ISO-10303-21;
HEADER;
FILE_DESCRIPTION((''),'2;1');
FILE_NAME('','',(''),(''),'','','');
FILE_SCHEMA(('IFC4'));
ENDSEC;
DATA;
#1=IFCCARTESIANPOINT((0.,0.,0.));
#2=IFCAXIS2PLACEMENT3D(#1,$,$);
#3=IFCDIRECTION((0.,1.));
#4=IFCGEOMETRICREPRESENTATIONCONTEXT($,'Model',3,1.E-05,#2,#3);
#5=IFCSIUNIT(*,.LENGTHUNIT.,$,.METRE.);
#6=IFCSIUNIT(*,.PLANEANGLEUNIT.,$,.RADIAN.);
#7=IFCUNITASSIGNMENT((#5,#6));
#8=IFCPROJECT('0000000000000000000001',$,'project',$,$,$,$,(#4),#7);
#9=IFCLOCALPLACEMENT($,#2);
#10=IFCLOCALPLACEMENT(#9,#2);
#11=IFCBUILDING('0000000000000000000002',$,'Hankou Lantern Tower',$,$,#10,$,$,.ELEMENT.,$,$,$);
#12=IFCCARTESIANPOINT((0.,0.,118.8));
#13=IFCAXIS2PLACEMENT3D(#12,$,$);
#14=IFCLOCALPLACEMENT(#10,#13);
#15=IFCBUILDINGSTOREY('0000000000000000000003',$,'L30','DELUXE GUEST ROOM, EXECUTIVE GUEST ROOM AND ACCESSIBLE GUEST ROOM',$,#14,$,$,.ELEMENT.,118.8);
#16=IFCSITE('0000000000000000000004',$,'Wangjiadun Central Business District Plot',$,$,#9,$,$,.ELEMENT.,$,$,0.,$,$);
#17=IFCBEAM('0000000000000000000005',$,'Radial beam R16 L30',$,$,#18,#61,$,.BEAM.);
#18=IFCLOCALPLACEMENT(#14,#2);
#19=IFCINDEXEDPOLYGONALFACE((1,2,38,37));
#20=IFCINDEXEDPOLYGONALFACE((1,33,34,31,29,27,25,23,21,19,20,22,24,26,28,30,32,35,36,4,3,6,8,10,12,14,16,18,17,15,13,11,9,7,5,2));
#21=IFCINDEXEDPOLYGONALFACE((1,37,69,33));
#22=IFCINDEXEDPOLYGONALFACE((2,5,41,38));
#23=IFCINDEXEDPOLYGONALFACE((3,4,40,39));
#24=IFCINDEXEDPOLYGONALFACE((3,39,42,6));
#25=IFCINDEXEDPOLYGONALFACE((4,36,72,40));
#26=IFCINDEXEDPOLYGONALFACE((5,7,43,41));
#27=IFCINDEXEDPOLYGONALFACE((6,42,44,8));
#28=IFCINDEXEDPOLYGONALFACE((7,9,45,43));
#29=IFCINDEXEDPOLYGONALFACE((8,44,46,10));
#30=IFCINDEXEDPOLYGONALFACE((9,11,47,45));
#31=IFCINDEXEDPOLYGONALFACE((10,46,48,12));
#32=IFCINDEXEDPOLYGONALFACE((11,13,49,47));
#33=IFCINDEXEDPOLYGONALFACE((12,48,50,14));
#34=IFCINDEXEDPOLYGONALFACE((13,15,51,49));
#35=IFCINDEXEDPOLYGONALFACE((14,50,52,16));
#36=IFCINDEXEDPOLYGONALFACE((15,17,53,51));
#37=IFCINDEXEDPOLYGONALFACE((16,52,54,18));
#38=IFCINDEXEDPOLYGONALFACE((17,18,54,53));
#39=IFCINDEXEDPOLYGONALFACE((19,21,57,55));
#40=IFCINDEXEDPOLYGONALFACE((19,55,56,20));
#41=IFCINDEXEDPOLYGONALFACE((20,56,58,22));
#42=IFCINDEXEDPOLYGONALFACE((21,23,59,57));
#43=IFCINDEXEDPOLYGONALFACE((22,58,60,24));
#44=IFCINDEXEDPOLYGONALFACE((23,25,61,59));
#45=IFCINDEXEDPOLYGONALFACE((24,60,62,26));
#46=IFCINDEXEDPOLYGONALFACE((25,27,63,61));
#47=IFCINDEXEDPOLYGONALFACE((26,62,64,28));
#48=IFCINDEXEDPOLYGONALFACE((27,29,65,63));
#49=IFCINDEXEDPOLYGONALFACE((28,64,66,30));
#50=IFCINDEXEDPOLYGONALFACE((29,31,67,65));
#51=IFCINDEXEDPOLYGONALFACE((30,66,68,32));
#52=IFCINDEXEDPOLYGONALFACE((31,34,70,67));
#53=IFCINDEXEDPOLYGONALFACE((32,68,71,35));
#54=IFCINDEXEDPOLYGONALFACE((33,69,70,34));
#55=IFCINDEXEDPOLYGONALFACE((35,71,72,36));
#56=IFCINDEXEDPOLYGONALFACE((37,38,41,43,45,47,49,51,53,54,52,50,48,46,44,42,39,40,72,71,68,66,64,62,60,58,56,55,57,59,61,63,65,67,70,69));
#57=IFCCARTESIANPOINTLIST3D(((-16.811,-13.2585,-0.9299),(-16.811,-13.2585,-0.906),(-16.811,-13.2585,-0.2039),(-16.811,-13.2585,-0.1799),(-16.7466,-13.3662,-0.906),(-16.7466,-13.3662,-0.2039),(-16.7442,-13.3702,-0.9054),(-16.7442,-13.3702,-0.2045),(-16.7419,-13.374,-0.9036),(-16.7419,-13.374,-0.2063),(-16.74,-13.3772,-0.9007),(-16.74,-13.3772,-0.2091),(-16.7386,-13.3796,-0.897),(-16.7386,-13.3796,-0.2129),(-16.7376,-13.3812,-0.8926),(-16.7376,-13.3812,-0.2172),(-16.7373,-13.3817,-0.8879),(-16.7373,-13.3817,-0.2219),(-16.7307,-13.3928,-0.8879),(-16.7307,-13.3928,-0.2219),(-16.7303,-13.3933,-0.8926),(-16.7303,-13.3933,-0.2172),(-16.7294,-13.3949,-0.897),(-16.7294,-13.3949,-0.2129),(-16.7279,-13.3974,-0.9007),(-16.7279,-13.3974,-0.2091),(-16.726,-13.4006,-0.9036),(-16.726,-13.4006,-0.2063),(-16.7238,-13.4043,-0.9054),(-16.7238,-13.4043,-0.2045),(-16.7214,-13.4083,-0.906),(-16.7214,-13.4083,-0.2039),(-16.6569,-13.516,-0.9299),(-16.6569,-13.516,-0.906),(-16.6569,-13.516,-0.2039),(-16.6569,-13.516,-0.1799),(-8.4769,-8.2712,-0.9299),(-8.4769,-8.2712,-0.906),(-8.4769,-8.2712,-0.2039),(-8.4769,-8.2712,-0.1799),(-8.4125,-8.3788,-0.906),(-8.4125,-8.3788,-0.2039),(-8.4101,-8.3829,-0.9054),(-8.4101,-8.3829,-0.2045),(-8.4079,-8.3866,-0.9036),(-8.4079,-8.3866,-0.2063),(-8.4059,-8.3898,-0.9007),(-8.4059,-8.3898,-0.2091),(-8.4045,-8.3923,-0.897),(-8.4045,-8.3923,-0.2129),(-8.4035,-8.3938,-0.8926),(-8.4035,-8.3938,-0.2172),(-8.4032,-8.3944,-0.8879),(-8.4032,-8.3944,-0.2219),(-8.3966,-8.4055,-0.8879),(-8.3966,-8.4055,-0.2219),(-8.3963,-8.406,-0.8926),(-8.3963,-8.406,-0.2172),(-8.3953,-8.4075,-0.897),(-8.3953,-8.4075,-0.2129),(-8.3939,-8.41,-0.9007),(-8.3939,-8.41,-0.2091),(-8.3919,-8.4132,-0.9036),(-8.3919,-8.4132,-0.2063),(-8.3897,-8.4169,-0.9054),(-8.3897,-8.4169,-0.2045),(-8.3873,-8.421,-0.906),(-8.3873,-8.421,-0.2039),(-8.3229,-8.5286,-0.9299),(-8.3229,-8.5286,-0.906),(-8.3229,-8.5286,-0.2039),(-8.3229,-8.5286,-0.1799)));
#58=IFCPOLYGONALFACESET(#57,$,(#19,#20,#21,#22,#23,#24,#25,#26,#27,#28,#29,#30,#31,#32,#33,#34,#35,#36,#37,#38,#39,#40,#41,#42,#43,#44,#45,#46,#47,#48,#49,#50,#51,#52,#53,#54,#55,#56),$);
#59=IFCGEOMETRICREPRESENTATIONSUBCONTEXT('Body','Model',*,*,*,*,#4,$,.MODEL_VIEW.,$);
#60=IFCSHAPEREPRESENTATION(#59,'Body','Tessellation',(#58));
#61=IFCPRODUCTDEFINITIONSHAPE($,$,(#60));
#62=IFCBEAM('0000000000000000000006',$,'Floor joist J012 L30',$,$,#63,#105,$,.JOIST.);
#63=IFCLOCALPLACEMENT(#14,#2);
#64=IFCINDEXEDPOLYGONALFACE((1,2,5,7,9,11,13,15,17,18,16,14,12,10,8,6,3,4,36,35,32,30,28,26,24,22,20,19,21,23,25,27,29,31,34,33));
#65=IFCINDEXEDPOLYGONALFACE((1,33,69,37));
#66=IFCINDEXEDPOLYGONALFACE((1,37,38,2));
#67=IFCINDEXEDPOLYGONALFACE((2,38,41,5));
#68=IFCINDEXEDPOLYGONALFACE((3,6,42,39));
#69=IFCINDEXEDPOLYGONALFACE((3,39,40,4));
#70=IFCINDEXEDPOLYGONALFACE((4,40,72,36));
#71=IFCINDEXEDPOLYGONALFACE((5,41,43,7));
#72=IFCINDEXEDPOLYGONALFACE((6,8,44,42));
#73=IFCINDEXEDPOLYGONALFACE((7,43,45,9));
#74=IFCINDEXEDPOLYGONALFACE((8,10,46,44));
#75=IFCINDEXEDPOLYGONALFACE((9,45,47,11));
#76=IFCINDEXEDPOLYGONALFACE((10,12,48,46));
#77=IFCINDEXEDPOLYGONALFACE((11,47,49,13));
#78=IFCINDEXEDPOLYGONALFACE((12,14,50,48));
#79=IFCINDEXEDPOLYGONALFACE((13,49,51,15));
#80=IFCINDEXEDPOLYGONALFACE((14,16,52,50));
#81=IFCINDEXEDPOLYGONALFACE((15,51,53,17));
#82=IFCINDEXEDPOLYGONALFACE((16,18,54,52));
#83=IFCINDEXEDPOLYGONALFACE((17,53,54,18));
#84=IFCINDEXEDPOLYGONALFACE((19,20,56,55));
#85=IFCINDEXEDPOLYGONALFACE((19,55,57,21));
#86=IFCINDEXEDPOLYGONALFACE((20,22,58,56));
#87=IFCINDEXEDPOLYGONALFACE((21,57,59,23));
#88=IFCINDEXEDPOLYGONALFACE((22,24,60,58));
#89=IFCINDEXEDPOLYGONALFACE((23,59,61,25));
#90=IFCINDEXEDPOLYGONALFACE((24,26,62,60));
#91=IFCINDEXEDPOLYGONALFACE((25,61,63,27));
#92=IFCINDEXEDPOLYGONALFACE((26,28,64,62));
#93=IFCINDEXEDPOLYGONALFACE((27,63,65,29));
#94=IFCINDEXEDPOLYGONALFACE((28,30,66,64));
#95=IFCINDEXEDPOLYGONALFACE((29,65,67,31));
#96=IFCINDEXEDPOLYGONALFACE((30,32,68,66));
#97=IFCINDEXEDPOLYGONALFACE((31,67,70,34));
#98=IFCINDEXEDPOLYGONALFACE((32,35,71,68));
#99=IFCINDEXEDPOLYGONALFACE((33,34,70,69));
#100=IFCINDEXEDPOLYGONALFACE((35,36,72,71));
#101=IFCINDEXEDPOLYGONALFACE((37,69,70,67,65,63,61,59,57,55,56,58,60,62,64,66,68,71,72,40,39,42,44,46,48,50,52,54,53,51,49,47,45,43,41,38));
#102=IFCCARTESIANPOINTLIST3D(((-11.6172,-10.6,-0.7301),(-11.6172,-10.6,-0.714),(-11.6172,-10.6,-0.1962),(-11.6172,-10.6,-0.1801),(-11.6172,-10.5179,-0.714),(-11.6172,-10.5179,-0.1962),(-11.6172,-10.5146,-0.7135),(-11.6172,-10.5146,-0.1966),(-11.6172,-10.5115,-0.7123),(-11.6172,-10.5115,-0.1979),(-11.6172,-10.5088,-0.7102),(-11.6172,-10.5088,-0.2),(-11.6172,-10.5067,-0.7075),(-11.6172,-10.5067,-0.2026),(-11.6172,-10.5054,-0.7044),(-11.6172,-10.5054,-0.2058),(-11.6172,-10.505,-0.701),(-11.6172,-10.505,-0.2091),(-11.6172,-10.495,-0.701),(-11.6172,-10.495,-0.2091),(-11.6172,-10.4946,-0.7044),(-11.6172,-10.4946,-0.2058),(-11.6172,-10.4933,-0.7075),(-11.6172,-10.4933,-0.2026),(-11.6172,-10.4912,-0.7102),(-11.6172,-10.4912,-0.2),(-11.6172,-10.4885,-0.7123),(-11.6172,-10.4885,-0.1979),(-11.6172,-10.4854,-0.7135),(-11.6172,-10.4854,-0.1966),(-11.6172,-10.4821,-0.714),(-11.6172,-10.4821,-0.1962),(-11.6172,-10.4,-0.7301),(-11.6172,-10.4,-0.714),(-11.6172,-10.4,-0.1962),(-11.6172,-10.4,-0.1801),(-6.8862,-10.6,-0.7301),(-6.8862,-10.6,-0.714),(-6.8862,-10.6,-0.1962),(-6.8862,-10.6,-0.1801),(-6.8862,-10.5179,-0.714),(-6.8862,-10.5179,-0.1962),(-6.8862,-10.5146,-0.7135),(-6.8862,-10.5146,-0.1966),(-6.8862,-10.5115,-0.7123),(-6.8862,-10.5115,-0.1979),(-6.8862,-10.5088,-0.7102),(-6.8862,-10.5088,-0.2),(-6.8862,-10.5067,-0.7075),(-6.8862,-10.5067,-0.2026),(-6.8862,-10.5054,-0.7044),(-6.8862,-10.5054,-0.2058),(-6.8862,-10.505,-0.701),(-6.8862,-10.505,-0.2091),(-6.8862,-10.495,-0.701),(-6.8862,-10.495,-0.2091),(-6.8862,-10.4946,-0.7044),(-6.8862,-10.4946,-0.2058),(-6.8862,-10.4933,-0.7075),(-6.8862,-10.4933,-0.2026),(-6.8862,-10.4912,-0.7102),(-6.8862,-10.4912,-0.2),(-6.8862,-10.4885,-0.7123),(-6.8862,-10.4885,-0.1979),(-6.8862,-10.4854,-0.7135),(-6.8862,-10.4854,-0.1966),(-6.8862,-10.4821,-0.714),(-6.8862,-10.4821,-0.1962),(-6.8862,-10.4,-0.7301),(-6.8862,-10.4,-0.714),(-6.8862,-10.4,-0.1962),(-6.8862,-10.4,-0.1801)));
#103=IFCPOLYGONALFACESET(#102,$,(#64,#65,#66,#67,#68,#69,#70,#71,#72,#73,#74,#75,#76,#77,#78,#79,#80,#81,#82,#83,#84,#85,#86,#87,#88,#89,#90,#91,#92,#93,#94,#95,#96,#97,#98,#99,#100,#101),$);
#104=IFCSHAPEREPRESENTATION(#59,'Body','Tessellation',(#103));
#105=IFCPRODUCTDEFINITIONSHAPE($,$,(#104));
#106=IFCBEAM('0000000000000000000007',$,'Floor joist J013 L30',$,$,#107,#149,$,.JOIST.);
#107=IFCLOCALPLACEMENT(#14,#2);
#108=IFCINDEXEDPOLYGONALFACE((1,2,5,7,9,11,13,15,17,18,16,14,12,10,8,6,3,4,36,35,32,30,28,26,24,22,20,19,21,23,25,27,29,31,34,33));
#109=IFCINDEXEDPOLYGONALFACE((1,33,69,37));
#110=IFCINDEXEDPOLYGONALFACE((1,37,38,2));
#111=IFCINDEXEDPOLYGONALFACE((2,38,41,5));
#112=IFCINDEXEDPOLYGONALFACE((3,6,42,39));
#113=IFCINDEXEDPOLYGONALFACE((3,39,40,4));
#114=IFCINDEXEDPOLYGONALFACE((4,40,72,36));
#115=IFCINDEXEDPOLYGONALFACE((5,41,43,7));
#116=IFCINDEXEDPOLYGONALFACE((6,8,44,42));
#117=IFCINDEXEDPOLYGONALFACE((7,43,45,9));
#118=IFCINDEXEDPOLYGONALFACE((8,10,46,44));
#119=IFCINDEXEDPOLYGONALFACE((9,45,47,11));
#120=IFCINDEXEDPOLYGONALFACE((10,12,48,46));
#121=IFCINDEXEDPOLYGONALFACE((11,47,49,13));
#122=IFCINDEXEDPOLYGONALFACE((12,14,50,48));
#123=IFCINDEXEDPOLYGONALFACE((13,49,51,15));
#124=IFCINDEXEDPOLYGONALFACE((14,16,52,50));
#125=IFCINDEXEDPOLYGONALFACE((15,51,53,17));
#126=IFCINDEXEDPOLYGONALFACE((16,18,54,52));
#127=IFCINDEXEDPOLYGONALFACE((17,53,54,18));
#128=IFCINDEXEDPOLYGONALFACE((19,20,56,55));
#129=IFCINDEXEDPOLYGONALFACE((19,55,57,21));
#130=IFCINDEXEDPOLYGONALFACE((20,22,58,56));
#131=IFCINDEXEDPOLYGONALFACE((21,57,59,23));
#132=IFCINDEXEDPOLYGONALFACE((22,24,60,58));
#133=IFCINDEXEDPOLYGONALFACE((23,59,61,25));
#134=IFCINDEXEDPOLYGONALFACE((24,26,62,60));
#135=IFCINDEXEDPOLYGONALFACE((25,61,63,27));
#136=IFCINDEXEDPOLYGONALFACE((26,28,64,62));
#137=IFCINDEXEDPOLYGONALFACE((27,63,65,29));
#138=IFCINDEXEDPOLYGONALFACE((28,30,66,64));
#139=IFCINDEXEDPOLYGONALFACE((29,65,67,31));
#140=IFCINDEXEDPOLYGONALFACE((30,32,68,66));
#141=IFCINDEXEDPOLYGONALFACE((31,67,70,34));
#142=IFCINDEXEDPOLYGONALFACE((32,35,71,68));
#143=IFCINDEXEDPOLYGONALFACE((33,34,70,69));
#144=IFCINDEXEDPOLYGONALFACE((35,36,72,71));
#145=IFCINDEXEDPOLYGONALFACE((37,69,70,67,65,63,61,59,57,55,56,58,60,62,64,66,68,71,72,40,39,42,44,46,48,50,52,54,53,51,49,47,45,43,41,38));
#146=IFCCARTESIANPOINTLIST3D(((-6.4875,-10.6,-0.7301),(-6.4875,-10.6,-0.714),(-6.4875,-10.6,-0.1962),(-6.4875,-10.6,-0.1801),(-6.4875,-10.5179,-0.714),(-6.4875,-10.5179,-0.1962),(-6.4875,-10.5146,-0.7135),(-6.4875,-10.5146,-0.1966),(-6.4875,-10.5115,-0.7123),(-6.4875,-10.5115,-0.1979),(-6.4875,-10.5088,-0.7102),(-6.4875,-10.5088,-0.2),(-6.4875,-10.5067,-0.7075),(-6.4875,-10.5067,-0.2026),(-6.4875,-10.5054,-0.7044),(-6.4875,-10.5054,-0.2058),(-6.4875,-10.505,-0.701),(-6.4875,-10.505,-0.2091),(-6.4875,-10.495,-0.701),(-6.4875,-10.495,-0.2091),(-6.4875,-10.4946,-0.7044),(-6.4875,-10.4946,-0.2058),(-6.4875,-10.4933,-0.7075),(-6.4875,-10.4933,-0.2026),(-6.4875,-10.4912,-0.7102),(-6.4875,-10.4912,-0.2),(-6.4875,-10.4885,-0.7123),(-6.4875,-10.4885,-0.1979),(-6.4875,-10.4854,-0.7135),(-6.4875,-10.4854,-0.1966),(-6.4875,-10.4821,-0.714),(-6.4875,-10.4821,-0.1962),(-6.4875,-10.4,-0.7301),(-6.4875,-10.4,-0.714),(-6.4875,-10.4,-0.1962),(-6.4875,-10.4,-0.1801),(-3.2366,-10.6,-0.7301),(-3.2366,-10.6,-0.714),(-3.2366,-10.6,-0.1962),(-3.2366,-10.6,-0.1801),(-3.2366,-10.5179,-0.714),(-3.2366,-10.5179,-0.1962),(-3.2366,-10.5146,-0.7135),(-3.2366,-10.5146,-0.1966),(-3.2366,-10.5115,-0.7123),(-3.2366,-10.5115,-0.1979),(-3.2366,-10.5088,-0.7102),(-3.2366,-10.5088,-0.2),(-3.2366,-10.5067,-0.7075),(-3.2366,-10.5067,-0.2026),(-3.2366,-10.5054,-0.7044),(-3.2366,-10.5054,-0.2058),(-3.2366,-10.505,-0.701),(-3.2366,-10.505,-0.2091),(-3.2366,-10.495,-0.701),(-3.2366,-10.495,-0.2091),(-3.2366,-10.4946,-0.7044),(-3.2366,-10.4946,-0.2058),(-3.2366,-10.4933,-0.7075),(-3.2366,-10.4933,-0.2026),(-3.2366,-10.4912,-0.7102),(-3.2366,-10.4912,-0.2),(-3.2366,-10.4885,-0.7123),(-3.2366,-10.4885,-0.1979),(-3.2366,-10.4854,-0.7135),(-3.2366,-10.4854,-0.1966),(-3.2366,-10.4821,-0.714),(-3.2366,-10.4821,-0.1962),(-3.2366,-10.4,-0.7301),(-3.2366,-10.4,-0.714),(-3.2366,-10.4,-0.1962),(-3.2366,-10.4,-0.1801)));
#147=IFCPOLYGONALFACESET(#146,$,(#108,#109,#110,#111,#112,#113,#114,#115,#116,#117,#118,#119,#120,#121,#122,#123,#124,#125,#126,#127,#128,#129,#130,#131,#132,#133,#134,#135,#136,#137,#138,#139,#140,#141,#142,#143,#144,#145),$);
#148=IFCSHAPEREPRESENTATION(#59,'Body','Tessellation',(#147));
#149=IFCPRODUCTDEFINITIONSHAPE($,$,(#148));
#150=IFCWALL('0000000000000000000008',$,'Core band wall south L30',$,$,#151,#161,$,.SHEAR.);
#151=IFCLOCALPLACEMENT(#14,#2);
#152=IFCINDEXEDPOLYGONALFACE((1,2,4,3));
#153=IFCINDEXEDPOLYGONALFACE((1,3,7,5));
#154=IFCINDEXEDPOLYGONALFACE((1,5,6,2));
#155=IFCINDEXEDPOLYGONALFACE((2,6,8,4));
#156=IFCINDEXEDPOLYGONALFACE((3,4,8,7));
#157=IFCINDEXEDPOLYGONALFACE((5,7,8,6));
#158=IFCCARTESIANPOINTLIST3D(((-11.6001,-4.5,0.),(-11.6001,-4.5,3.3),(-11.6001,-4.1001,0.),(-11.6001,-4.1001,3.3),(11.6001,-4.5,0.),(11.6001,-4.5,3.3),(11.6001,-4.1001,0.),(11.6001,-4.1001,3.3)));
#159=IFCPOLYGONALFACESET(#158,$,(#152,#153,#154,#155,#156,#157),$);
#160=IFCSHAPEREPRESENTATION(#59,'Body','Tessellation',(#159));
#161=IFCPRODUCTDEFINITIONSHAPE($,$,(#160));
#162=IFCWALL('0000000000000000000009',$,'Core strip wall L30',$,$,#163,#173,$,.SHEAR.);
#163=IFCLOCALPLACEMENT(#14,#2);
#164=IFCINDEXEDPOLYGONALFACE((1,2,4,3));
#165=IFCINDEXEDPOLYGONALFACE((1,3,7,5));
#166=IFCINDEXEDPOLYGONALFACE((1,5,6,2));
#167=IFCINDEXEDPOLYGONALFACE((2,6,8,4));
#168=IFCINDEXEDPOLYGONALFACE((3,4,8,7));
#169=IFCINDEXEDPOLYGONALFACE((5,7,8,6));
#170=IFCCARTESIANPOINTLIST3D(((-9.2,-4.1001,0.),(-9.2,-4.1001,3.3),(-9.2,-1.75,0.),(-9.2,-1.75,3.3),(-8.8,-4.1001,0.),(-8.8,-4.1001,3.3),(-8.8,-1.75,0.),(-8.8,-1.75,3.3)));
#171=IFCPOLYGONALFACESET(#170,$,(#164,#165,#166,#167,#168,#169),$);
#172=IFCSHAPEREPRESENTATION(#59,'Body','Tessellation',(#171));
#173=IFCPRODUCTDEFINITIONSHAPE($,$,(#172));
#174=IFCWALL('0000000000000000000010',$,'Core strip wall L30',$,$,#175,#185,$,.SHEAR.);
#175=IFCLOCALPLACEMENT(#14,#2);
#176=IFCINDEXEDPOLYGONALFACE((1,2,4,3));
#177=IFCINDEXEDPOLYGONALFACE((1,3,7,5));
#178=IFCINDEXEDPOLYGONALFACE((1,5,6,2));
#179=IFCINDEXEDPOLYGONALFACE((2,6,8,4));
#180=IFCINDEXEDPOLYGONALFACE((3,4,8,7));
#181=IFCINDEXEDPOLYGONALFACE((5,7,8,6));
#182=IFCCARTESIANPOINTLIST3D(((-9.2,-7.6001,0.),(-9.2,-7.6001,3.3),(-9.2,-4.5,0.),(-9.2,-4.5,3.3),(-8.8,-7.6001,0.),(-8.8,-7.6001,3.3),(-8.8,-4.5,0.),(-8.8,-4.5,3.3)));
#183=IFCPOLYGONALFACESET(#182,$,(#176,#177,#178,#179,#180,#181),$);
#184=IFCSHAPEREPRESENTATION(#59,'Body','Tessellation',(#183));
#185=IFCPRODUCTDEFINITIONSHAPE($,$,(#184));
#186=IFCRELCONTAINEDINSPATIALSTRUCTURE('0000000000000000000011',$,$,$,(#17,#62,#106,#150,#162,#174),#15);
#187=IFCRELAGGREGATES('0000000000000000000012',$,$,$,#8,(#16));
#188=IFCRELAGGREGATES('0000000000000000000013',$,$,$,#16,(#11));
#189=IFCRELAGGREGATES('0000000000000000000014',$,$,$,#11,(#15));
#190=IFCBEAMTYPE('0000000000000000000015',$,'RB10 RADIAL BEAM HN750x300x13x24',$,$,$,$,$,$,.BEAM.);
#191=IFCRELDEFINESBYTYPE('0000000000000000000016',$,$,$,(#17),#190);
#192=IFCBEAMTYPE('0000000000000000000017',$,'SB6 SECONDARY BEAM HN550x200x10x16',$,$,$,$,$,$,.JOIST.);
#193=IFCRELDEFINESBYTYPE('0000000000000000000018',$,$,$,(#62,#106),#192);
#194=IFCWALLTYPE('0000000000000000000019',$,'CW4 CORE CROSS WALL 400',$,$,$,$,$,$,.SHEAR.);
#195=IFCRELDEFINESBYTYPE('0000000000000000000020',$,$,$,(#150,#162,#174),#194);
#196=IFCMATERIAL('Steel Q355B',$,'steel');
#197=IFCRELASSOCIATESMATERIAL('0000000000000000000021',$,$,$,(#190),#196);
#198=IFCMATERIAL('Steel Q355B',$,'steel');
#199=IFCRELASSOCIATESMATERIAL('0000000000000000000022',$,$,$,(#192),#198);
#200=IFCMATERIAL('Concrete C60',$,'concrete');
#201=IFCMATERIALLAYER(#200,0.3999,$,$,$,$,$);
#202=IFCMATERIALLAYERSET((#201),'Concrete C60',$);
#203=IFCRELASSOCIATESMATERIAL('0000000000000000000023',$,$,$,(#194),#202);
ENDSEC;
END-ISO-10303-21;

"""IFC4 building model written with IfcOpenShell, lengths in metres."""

from ifc_helpers import new_model, si_unit, direction, frame, frame_2d, origin, origin_2d, place, context, subcontext, project, spatial, rectangle, i_section, extrude, material, layer, layer_set, material_profile, profile_set, type_object, element, save


model = new_model("IFC4")

# Units and contexts
model_context = context("Model", 3, precision=1e-05, world=origin(), true_north=direction((0.0, 1.0)))
body_context = subcontext(model_context, "Body", "Model", "MODEL_VIEW")
ifc_project = project(units=[si_unit("LENGTHUNIT", "METRE"), si_unit("PLANEANGLEUNIT", "RADIAN")], contexts=[model_context])

# Site, building, storey
site_placement = place(None, origin())
site = spatial("IfcSite", under=ifc_project, at=site_placement, Name="Wangjiadun Central Business District Plot", CompositionType="ELEMENT", RefElevation=0.0)
building_placement = place(site_placement, origin())
building = spatial("IfcBuilding", under=site, at=building_placement, Name="Hankou Lantern Tower", CompositionType="ELEMENT")
storey_placement = place(building_placement, frame((0.0, 0.0, 118.8)))
storey = spatial("IfcBuildingStorey", under=building, at=storey_placement, Name="L30", Description="DELUXE GUEST ROOM, EXECUTIVE GUEST ROOM AND ACCESSIBLE GUEST ROOM", CompositionType="ELEMENT", Elevation=118.8)

# Beams
ifc_material_1 = material(Name="Steel Q355B", Category="steel")
ifc_material_profile_1 = material_profile(ifc_material_1, i_section(OverallWidth=0.3, OverallDepth=0.75, WebThickness=0.0129, FlangeThickness=0.0239, FilletRadius=0.0181, at=origin_2d()), Name="HN750x300x13x24")
ifc_profile_set_1 = profile_set([ifc_material_profile_1], Name="Steel Q355B")
beam_type_1 = type_object("IfcBeamType", Name="RB10 RADIAL BEAM HN750x300x13x24", PredefinedType="BEAM", material=ifc_profile_set_1)
beam_1_placement = place(storey_placement, frame((-8.3999, -8.3999, -0.5549), z_axis=(-0.858087, -0.513505, 0.0), x_axis=(0.513505, -0.858087, 0.0)))
element("IfcBeam", 1, at=beam_1_placement, inside=storey, type_object=beam_type_1, Name="Radial beam R16 L30", PredefinedType="BEAM", context=body_context, shape_type="SweptSolid", body=[
    extrude(i_section(OverallWidth=0.3, OverallDepth=0.75, WebThickness=0.0129, FlangeThickness=0.0239, FilletRadius=0.0181, at=origin_2d()), origin(), (0.0, 0.0, 1.0), 9.7124),
])
ifc_material_2 = material(Name="Steel Q355B", Category="steel")
ifc_material_profile_2 = material_profile(ifc_material_2, i_section(OverallWidth=0.2, OverallDepth=0.55, WebThickness=0.01, FlangeThickness=0.0161, FilletRadius=0.0129, at=origin_2d()), Name="HN550x200x10x16")
ifc_profile_set_2 = profile_set([ifc_material_profile_2], Name="Steel Q355B")
beam_type_2 = type_object("IfcBeamType", Name="SB6 SECONDARY BEAM HN550x200x10x16", PredefinedType="JOIST", material=ifc_profile_set_2)
beam_2_placement = place(storey_placement, frame((-11.6172, -10.5, -0.4551), z_axis=(1.0, 0.0, 0.0), x_axis=(0.0, 1.0, 0.0)))
element("IfcBeam", 2, at=beam_2_placement, inside=storey, type_object=beam_type_2, Name="Floor joist J012 L30", PredefinedType="JOIST", context=body_context, shape_type="SweptSolid", body=[
    extrude(i_section(OverallWidth=0.2, OverallDepth=0.55, WebThickness=0.01, FlangeThickness=0.0161, FilletRadius=0.0129, at=origin_2d()), origin(), (0.0, 0.0, 1.0), 4.731),
])
beam_3_placement = place(storey_placement, frame((-6.4875, -10.5, -0.4551), z_axis=(1.0, 0.0, 0.0), x_axis=(0.0, 1.0, 0.0)))
element("IfcBeam", 3, at=beam_3_placement, inside=storey, type_object=beam_type_2, Name="Floor joist J013 L30", PredefinedType="JOIST", context=body_context, shape_type="SweptSolid", body=[
    extrude(i_section(OverallWidth=0.2, OverallDepth=0.55, WebThickness=0.01, FlangeThickness=0.0161, FilletRadius=0.0129, at=origin_2d()), origin(), (0.0, 0.0, 1.0), 3.251),
])

# Walls
ifc_material_3 = material(Name="Concrete C60", Category="concrete")
ifc_layer_1 = layer(ifc_material_3, 0.3999)
ifc_layer_set_1 = layer_set([ifc_layer_1], Name="Concrete C60")
wall_type_1 = type_object("IfcWallType", Name="CW4 CORE CROSS WALL 400", PredefinedType="SHEAR", material=ifc_layer_set_1)
wall_1_placement = place(storey_placement, frame((-11.6001, -4.3, 0.0), z_axis=(0.0, 0.0, 1.0), x_axis=(1.0, 0.0, 0.0)))
element("IfcWall", 4, at=wall_1_placement, inside=storey, type_object=wall_type_1, Name="Core band wall south L30", PredefinedType="SHEAR", context=body_context, shape_type="SweptSolid", body=[
    extrude(rectangle(XDim=23.2002, YDim=0.3999, at=frame_2d((11.6001, 0.0))), origin(), (0.0, 0.0, 1.0), 3.3),
])
wall_2_placement = place(storey_placement, frame((-9.0, -4.1001, 0.0), z_axis=(0.0, 0.0, 1.0), x_axis=(0.0, 1.0, 0.0)))
element("IfcWall", 5, at=wall_2_placement, inside=storey, type_object=wall_type_1, Name="Core strip wall L30", PredefinedType="SHEAR", context=body_context, shape_type="SweptSolid", body=[
    extrude(rectangle(XDim=2.3501, YDim=0.3999, at=frame_2d((1.175, 0.0))), origin(), (0.0, 0.0, 1.0), 3.3),
])
wall_3_placement = place(storey_placement, frame((-9.0, -7.6001, 0.0), z_axis=(0.0, 0.0, 1.0), x_axis=(0.0, 1.0, 0.0)))
element("IfcWall", 6, at=wall_3_placement, inside=storey, type_object=wall_type_1, Name="Core strip wall L30", PredefinedType="SHEAR", context=body_context, shape_type="SweptSolid", body=[
    extrude(rectangle(XDim=3.1001, YDim=0.3999, at=frame_2d((1.55, 0.0))), origin(), (0.0, 0.0, 1.0), 3.3),
])

save(model, "model.ifc")
